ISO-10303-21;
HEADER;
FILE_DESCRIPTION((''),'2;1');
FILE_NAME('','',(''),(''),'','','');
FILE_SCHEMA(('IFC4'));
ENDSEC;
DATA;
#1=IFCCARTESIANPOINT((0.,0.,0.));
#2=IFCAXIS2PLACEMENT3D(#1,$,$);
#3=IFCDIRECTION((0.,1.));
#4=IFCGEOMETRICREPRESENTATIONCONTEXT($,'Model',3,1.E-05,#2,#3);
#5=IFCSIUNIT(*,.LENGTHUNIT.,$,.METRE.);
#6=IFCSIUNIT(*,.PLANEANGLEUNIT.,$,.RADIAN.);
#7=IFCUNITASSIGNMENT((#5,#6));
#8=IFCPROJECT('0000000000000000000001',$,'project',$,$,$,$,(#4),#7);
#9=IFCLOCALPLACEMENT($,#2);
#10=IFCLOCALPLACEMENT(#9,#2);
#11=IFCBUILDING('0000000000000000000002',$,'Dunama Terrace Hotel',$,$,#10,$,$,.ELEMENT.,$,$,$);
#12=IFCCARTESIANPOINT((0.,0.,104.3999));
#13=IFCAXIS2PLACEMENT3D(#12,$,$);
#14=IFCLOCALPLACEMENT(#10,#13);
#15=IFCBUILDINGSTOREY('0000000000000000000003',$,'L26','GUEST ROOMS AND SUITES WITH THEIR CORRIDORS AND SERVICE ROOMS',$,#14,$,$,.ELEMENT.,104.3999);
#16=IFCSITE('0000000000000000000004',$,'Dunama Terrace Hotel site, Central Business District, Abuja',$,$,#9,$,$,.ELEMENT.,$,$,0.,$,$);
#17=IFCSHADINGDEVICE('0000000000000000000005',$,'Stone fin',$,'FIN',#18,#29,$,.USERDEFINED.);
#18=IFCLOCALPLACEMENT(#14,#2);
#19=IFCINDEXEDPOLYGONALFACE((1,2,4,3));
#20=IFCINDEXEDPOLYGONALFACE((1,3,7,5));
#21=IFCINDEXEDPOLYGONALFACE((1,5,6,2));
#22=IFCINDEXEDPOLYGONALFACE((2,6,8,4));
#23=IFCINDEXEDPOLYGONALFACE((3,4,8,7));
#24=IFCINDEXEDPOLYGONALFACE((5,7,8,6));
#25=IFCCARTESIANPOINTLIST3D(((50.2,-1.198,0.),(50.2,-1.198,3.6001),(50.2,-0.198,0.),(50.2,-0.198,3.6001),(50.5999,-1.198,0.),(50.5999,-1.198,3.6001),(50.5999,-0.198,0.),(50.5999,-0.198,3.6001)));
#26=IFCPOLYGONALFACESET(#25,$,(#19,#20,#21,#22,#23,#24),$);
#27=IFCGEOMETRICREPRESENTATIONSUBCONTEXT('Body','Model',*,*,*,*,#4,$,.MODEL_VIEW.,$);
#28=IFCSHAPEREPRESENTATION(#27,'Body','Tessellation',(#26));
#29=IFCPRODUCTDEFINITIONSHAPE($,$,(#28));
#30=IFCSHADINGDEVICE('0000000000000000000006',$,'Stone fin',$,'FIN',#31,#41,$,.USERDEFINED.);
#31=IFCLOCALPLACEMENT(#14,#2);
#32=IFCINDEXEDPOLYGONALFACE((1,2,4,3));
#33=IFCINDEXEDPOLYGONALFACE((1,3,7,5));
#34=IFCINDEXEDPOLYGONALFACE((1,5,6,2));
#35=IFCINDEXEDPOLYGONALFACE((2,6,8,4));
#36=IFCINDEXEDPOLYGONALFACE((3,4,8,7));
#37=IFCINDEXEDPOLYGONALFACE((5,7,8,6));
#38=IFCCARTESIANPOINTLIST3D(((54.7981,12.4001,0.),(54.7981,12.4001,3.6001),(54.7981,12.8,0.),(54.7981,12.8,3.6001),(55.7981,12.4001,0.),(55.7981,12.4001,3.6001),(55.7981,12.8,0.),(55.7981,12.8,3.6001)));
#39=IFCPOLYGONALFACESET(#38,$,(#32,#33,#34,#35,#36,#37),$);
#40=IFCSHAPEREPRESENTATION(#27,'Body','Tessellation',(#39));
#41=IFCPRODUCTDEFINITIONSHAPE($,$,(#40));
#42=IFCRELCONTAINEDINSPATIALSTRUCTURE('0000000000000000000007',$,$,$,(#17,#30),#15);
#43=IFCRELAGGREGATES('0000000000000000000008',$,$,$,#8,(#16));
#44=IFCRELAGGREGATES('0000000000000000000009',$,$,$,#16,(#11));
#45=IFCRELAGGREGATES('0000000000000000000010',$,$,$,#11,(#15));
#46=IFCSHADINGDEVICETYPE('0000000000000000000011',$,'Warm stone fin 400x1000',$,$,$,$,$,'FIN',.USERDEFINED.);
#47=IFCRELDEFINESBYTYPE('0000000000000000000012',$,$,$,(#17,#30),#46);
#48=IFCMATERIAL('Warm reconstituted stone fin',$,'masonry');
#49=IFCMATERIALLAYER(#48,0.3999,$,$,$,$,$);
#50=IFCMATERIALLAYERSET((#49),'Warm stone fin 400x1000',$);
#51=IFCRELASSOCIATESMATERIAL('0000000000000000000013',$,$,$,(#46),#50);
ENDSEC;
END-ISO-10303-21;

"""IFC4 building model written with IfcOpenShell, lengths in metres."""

from ifc_helpers import new_model, si_unit, direction, frame, origin, origin_2d, place, context, subcontext, project, spatial, rectangle, extrude, material, layer, layer_set, type_object, element, save


model = new_model("IFC4")

# Units and contexts
model_context = context("Model", 3, precision=1e-05, world=origin(), true_north=direction((0.0, 1.0)))
body_context = subcontext(model_context, "Body", "Model", "MODEL_VIEW")
ifc_project = project(units=[si_unit("LENGTHUNIT", "METRE"), si_unit("PLANEANGLEUNIT", "RADIAN")], contexts=[model_context])

# Site, building, storey
site_placement = place(None, origin())
site = spatial("IfcSite", under=ifc_project, at=site_placement, Name="Dunama Terrace Hotel site, Central Business District, Abuja", CompositionType="ELEMENT", RefElevation=0.0)
building_placement = place(site_placement, origin())
building = spatial("IfcBuilding", under=site, at=building_placement, Name="Dunama Terrace Hotel", CompositionType="ELEMENT")
storey_placement = place(building_placement, frame((0.0, 0.0, 104.3999)))
storey = spatial("IfcBuildingStorey", under=building, at=storey_placement, Name="L26", Description="GUEST ROOMS AND SUITES WITH THEIR CORRIDORS AND SERVICE ROOMS", CompositionType="ELEMENT", Elevation=104.3999)

# Shading devices
ifc_material_1 = material(Name="Warm reconstituted stone fin", Category="masonry")
ifc_layer_1 = layer(ifc_material_1, 0.3999)
ifc_layer_set_1 = layer_set([ifc_layer_1], Name="Warm stone fin 400x1000")
shading_device_type = type_object("IfcShadingDeviceType", Name="Warm stone fin 400x1000", ElementType="FIN", PredefinedType="USERDEFINED", material=ifc_layer_set_1)
for number, where, z_axis, x_axis, name in (
    (1, (50.3999, -0.698, 0.0), (0.0, 0.0, 1.0), (1.0, 0.0, 0.0), "Stone fin"),
    (2, (55.2981, 12.6001, 0.0), (0.0, 0.0, 1.0), (0.0, 1.0, 0.0), "Stone fin"),
):
    element("IfcShadingDevice", number, at=place(storey_placement, frame(where, z_axis=z_axis, x_axis=x_axis)), inside=storey, type_object=shading_device_type, Name=name, ObjectType="FIN", PredefinedType="USERDEFINED", context=body_context, shape_type="SweptSolid", body=[
        extrude(rectangle(XDim=0.3999, YDim=1.0, at=origin_2d()), origin(), (0.0, 0.0, 1.0), 3.6001),
    ])

save(model, "model.ifc")
